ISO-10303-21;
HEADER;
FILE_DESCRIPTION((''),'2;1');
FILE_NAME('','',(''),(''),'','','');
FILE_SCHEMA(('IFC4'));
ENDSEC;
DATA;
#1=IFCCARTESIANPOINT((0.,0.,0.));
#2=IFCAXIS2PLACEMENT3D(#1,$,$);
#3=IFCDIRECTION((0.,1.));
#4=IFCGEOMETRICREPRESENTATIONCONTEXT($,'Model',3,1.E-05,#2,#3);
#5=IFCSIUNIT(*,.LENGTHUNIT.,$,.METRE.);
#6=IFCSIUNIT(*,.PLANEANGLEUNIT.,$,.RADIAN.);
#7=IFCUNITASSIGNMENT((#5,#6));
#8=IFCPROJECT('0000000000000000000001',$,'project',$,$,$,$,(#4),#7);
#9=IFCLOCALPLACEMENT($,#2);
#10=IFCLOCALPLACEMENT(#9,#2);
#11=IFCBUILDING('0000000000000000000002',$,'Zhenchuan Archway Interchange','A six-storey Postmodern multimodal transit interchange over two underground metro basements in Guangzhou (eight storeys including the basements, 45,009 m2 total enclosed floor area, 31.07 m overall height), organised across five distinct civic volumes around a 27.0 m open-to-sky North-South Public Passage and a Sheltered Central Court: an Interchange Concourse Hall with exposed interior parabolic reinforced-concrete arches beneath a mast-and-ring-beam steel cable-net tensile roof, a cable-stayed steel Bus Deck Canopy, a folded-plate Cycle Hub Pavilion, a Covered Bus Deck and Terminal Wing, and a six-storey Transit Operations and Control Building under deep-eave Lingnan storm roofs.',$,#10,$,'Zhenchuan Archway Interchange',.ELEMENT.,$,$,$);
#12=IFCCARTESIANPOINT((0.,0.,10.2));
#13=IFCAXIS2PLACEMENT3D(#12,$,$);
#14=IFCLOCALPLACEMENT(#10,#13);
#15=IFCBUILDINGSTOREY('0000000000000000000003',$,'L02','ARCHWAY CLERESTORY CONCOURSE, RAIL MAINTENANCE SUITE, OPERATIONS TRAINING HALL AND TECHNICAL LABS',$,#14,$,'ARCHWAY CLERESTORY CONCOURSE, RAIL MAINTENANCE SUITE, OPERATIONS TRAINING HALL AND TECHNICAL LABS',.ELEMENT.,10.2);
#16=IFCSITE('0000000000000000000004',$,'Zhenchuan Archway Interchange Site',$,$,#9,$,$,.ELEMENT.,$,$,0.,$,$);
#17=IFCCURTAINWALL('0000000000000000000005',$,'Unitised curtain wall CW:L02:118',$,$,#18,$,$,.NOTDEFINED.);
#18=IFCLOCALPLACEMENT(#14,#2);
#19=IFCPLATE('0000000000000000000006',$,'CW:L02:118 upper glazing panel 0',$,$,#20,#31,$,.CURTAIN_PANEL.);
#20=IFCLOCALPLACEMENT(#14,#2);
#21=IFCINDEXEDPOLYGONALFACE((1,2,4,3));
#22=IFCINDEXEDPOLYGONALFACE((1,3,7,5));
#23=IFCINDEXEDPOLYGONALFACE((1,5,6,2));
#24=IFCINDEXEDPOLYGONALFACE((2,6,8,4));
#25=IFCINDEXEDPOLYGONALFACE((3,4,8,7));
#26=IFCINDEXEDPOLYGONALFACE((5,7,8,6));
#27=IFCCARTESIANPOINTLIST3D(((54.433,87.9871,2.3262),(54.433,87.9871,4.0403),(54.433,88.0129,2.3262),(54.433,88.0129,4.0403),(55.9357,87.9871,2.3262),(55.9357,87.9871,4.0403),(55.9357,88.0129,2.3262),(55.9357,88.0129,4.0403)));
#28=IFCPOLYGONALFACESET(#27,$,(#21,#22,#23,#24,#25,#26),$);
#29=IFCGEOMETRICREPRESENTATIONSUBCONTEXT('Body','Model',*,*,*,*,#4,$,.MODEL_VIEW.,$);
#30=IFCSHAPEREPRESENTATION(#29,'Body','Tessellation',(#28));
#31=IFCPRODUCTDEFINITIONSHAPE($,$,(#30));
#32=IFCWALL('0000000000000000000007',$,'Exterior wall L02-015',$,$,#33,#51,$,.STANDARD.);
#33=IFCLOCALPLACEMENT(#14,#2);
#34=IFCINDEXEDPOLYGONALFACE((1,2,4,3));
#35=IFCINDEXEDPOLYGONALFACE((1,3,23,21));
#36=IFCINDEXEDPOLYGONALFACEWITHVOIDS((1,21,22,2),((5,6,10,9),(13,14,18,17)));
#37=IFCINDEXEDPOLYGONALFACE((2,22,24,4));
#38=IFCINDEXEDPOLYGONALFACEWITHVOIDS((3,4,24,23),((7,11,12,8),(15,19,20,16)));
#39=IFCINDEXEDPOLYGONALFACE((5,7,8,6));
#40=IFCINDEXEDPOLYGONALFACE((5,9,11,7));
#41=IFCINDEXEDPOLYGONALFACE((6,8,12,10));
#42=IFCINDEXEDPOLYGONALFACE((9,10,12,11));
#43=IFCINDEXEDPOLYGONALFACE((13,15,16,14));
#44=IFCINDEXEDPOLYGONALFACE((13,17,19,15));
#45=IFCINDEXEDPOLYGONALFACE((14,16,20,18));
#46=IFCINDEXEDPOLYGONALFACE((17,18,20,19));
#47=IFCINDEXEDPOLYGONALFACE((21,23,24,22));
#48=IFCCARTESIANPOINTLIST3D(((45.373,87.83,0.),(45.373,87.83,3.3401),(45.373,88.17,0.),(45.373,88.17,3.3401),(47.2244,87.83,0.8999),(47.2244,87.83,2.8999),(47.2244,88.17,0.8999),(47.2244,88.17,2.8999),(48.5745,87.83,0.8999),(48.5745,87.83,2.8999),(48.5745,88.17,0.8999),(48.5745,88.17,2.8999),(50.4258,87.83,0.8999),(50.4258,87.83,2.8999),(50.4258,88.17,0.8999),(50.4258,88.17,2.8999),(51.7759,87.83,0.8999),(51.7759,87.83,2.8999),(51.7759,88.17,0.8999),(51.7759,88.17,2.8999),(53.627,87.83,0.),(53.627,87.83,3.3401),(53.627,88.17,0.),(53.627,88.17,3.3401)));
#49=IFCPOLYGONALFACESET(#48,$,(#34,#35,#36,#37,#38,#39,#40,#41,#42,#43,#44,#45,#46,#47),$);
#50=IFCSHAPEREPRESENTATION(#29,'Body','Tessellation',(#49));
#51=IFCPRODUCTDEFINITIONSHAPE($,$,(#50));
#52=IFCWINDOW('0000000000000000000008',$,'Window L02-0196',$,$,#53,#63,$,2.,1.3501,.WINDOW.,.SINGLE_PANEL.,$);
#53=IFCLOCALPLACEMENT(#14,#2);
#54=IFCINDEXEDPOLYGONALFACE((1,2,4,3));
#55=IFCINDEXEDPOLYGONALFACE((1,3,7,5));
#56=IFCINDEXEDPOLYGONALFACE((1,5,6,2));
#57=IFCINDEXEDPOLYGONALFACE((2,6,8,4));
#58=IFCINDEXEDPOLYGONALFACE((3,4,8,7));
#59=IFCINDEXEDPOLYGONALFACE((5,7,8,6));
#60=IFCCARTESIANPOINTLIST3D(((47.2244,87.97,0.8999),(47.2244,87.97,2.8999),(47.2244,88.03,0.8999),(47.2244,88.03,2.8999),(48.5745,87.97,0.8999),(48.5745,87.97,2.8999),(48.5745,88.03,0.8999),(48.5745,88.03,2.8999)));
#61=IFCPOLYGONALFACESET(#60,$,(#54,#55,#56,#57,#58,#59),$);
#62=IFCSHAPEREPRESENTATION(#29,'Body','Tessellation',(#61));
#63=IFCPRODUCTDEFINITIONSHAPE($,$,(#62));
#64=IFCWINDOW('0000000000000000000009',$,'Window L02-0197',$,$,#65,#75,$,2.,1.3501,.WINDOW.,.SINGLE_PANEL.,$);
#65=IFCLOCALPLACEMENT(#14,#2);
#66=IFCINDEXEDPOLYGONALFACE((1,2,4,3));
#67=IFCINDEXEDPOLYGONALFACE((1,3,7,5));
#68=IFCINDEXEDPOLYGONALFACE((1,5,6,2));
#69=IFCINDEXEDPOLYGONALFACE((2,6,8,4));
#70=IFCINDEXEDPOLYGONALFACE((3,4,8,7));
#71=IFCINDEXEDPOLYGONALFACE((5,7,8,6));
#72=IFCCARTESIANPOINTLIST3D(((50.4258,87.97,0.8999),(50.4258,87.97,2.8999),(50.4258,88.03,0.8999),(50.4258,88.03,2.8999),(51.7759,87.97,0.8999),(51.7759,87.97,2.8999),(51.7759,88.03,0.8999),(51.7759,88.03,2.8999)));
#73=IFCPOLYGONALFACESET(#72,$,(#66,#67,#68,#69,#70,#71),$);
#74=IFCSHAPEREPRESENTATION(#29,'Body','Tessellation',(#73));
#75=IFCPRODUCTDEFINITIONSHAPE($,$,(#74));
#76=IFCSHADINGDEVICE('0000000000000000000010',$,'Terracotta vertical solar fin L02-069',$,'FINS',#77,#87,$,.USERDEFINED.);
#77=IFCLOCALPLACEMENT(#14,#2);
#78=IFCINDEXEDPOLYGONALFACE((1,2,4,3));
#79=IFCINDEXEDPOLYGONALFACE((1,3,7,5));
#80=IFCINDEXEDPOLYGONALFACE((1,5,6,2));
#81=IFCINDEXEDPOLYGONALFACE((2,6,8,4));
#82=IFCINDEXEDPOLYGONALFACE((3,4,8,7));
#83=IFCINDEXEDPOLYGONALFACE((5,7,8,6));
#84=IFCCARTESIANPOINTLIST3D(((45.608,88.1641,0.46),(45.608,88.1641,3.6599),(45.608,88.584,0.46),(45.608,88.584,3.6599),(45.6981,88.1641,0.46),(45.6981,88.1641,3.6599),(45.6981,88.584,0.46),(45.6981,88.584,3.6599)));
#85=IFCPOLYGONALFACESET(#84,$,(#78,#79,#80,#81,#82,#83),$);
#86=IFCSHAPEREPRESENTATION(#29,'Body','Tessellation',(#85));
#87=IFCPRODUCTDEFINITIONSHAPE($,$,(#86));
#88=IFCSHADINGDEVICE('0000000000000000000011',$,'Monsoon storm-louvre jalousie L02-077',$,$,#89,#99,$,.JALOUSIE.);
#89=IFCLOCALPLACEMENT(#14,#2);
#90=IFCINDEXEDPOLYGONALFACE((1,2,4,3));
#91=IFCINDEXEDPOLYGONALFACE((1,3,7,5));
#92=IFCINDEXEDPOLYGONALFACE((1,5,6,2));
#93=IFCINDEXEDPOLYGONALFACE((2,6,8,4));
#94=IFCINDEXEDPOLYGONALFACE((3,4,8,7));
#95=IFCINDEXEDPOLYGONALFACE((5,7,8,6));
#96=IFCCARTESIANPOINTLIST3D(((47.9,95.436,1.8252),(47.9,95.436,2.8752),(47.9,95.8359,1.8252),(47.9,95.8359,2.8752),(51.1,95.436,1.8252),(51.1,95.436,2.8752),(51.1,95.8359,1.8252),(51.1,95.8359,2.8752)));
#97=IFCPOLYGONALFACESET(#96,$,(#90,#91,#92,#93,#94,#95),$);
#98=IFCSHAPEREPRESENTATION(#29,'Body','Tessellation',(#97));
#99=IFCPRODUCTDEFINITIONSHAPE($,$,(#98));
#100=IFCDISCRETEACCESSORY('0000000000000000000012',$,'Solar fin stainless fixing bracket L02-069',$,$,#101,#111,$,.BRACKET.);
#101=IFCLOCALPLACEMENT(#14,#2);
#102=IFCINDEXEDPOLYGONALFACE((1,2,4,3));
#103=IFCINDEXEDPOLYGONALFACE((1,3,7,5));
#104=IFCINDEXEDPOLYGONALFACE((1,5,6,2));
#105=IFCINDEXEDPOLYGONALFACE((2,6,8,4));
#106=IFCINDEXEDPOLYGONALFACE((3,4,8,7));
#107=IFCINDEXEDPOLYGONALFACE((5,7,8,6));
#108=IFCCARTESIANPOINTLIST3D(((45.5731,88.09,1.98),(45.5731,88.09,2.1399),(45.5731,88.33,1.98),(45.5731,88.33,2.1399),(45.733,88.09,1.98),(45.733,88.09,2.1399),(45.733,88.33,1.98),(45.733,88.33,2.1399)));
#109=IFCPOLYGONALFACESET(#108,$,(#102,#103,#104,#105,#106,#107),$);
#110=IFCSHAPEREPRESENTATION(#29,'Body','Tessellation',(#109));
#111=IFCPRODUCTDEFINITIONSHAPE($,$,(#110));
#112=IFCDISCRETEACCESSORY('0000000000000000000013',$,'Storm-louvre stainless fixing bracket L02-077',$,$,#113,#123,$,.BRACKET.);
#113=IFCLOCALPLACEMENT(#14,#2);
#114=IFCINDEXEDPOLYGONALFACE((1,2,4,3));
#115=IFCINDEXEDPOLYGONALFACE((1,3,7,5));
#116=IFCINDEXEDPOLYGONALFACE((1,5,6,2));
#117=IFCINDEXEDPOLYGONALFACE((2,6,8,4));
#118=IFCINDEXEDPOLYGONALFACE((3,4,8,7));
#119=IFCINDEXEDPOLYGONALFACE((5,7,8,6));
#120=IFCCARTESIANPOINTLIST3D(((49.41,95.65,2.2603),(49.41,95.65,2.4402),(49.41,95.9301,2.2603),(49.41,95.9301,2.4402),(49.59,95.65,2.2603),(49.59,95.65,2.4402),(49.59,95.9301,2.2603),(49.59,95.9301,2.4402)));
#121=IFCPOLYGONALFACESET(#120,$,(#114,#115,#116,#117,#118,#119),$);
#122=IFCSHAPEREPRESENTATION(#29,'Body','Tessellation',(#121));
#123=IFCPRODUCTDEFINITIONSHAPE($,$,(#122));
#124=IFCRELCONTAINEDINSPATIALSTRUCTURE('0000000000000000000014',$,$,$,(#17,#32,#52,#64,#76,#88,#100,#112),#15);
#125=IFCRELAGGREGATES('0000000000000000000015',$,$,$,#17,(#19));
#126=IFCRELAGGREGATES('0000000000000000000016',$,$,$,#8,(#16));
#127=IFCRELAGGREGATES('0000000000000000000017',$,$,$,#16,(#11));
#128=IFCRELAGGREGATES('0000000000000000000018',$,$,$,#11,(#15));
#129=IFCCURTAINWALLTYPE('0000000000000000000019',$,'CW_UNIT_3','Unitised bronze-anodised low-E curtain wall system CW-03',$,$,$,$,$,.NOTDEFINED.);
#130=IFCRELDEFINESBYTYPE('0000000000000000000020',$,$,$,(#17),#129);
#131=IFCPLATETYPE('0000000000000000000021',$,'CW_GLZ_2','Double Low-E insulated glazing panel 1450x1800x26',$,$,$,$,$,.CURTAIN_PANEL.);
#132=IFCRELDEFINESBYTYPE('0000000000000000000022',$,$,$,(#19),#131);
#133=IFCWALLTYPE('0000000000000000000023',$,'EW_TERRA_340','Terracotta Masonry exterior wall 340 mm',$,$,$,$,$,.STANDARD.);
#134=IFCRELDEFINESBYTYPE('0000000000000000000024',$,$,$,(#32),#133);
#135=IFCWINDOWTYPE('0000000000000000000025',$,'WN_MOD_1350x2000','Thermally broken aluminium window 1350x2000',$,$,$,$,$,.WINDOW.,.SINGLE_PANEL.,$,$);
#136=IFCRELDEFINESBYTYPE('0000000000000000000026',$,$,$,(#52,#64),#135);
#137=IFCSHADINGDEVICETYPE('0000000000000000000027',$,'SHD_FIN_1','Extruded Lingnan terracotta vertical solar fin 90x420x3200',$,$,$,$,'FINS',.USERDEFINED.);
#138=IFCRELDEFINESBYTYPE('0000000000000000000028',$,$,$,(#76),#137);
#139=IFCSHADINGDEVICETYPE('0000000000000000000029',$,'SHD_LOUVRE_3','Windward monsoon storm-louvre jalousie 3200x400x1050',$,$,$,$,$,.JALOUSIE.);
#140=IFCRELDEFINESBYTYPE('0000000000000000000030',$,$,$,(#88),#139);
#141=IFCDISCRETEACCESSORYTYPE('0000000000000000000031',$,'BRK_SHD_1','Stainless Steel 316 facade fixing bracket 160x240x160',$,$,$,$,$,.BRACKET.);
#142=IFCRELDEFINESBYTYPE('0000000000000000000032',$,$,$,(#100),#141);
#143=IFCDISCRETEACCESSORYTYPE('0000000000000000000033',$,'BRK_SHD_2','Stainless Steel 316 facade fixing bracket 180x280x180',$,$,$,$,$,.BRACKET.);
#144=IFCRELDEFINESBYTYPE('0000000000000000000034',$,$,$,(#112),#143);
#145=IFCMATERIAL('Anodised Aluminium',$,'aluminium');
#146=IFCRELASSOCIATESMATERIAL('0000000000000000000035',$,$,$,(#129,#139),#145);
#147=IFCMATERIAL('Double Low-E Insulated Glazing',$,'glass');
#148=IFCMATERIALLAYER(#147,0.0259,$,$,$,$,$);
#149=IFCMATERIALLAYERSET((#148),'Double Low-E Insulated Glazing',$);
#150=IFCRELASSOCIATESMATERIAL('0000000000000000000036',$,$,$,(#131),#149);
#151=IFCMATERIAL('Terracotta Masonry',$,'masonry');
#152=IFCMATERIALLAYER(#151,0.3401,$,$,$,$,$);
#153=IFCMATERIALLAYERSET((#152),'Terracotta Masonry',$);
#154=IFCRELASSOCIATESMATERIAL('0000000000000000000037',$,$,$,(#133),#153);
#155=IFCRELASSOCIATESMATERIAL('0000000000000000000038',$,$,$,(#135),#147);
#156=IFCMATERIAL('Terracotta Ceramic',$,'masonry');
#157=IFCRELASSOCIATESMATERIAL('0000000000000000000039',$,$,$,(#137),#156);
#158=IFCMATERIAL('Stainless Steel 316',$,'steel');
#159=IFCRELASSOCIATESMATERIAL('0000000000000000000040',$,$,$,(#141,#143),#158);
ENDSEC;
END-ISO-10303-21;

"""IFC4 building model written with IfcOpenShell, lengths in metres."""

from ifc_helpers import new_model, si_unit, direction, frame, frame_2d, origin, origin_2d, place, context, subcontext, project, spatial, rectangle, extrude, material, layer, layer_set, type_object, element, fill, aggregate, save


model = new_model("IFC4")

# Units and contexts
model_context = context("Model", 3, precision=1e-05, world=origin(), true_north=direction((0.0, 1.0)))
body_context = subcontext(model_context, "Body", "Model", "MODEL_VIEW")
ifc_project = project(units=[si_unit("LENGTHUNIT", "METRE"), si_unit("PLANEANGLEUNIT", "RADIAN")], contexts=[model_context])

# Site, building, storey
site_placement = place(None, origin())
site = spatial("IfcSite", under=ifc_project, at=site_placement, Name="Zhenchuan Archway Interchange Site", CompositionType="ELEMENT", RefElevation=0.0)
building_placement = place(site_placement, origin())
building = spatial("IfcBuilding", under=site, at=building_placement, Name="Zhenchuan Archway Interchange", Description="A six-storey Postmodern multimodal transit interchange over two underground metro basements in Guangzhou (eight storeys including the basements, 45,009 m2 total enclosed floor area, 31.07 m overall height), organised across five distinct civic volumes around a 27.0 m open-to-sky North-South Public Passage and a Sheltered Central Court: an Interchange Concourse Hall with exposed interior parabolic reinforced-concrete arches beneath a mast-and-ring-beam steel cable-net tensile roof, a cable-stayed steel Bus Deck Canopy, a folded-plate Cycle Hub Pavilion, a Covered Bus Deck and Terminal Wing, and a six-storey Transit Operations and Control Building under deep-eave Lingnan storm roofs.", LongName="Zhenchuan Archway Interchange", CompositionType="ELEMENT")
storey_placement = place(building_placement, frame((0.0, 0.0, 10.2)))
storey = spatial("IfcBuildingStorey", under=building, at=storey_placement, Name="L02", Description="ARCHWAY CLERESTORY CONCOURSE, RAIL MAINTENANCE SUITE, OPERATIONS TRAINING HALL AND TECHNICAL LABS", LongName="ARCHWAY CLERESTORY CONCOURSE, RAIL MAINTENANCE SUITE, OPERATIONS TRAINING HALL AND TECHNICAL LABS", CompositionType="ELEMENT", Elevation=10.2)

# Shared definitions
ifc_material_1 = material(Name="Anodised Aluminium", Category="aluminium")

# Curtain wall
curtain_wall_type_1 = type_object("IfcCurtainWallType", Name="CW_UNIT_3", Description="Unitised bronze-anodised low-E curtain wall system CW-03", PredefinedType="NOTDEFINED", material=ifc_material_1)
curtain_wall_1_placement = place(storey_placement, origin())
curtain_wall_1 = element("IfcCurtainWall", 1, at=curtain_wall_1_placement, inside=storey, type_object=curtain_wall_type_1, Name="Unitised curtain wall CW:L02:118", PredefinedType="NOTDEFINED")

# Plate
ifc_material_2 = material(Name="Double Low-E Insulated Glazing", Category="glass")
ifc_layer_1 = layer(ifc_material_2, 0.0259)
ifc_layer_set_1 = layer_set([ifc_layer_1], Name="Double Low-E Insulated Glazing")
plate_type_1 = type_object("IfcPlateType", Name="CW_GLZ_2", Description="Double Low-E insulated glazing panel 1450x1800x26", PredefinedType="CURTAIN_PANEL", material=ifc_layer_set_1)
plate_1_placement = place(storey_placement, frame((55.1843, 88.0, 2.3262), z_axis=(0.0, 0.0, 1.0), x_axis=(1.0, 0.0, 0.0)))
plate_1 = element("IfcPlate", 2, at=plate_1_placement, type_object=plate_type_1, Name="CW:L02:118 upper glazing panel 0", PredefinedType="CURTAIN_PANEL", context=body_context, shape_type="SweptSolid", body=[
    extrude(rectangle(XDim=1.5027, YDim=0.0259, at=origin_2d()), origin(), (0.0, 0.0, 1.0), 1.7141),
])
aggregate(curtain_wall_1, [plate_1])

# Wall, openings, windows
ifc_material_3 = material(Name="Terracotta Masonry", Category="masonry")
ifc_layer_2 = layer(ifc_material_3, 0.3401)
ifc_layer_set_2 = layer_set([ifc_layer_2], Name="Terracotta Masonry")
wall_type = type_object("IfcWallType", Name="EW_TERRA_340", Description="Terracotta Masonry exterior wall 340 mm", PredefinedType="STANDARD", material=ifc_layer_set_2)
wall_placement = place(storey_placement, frame((45.373, 88.0, 0.0), z_axis=(0.0, 0.0, 1.0), x_axis=(1.0, 0.0, 0.0)))
wall = element("IfcWall", 3, at=wall_placement, inside=storey, type_object=wall_type, Name="Exterior wall L02-015", PredefinedType="STANDARD", context=body_context, shape_type="SweptSolid", body=[
    extrude(rectangle(XDim=8.2539, YDim=0.3401, at=frame_2d((4.127, 0.0))), origin(), (0.0, 0.0, 1.0), 3.3401),
])
opening_1_placement = place(wall_placement, frame((1.8513, 0.0, 0.8999)))
opening_1 = element("IfcOpeningElement", 4, at=opening_1_placement, cuts=wall, PredefinedType="OPENING", context=body_context, shape_type="SweptSolid", body=[
    extrude(rectangle(XDim=1.3501, YDim=2.0, at=frame_2d((0.675, 1.0))), frame((0.0, 0.1821, 0.0), z_axis=(0.0, -1.0, 0.0), x_axis=(1.0, 0.0, 0.0)), (0.0, 0.0, 1.0), 0.364),
])
opening_2_placement = place(wall_placement, frame((5.0527, 0.0, 0.8999)))
opening_2 = element("IfcOpeningElement", 5, at=opening_2_placement, cuts=wall, PredefinedType="OPENING", context=body_context, shape_type="SweptSolid", body=[
    extrude(rectangle(XDim=1.3501, YDim=2.0, at=frame_2d((0.675, 1.0))), frame((0.0, 0.1821, 0.0), z_axis=(0.0, -1.0, 0.0), x_axis=(1.0, 0.0, 0.0)), (0.0, 0.0, 1.0), 0.364),
])
window_type = type_object("IfcWindowType", Name="WN_MOD_1350x2000", Description="Thermally broken aluminium window 1350x2000", PartitioningType="SINGLE_PANEL", PredefinedType="WINDOW", material=ifc_material_2)
window_1_placement = place(opening_1_placement, origin())
window_1 = element("IfcWindow", 6, at=window_1_placement, inside=storey, type_object=window_type, Name="Window L02-0196", OverallHeight=2.0, OverallWidth=1.3501, PartitioningType="SINGLE_PANEL", PredefinedType="WINDOW", context=body_context, shape_type="SweptSolid", body=[
    extrude(rectangle(XDim=1.3501, YDim=2.0, at=frame_2d((0.675, 1.0))), frame((0.0, 0.03, 0.0), z_axis=(0.0, -1.0, 0.0), x_axis=(1.0, 0.0, 0.0)), (0.0, 0.0, 1.0), 0.0601),
])
fill(opening_1, window_1)
window_2_placement = place(opening_2_placement, origin())
window_2 = element("IfcWindow", 7, at=window_2_placement, inside=storey, type_object=window_type, Name="Window L02-0197", OverallHeight=2.0, OverallWidth=1.3501, PartitioningType="SINGLE_PANEL", PredefinedType="WINDOW", context=body_context, shape_type="SweptSolid", body=[
    extrude(rectangle(XDim=1.3501, YDim=2.0, at=frame_2d((0.675, 1.0))), frame((0.0, 0.03, 0.0), z_axis=(0.0, -1.0, 0.0), x_axis=(1.0, 0.0, 0.0)), (0.0, 0.0, 1.0), 0.0601),
])
fill(opening_2, window_2)

# Shading devices
ifc_material_4 = material(Name="Terracotta Ceramic", Category="masonry")
shading_device_type_1 = type_object("IfcShadingDeviceType", Name="SHD_FIN_1", Description="Extruded Lingnan terracotta vertical solar fin 90x420x3200", ElementType="FINS", PredefinedType="USERDEFINED", material=ifc_material_4)
shading_device_1_placement = place(storey_placement, frame((45.6531, 88.374, 0.46), z_axis=(0.0, 0.0, 1.0), x_axis=(1.0, 0.0, 0.0)))
element("IfcShadingDevice", 8, at=shading_device_1_placement, inside=storey, type_object=shading_device_type_1, Name="Terracotta vertical solar fin L02-069", ObjectType="FINS", PredefinedType="USERDEFINED", context=body_context, shape_type="SweptSolid", body=[
    extrude(rectangle(XDim=0.0901, YDim=0.4199, at=origin_2d()), origin(), (0.0, 0.0, 1.0), 3.2),
])
shading_device_type_2 = type_object("IfcShadingDeviceType", Name="SHD_LOUVRE_3", Description="Windward monsoon storm-louvre jalousie 3200x400x1050", PredefinedType="JALOUSIE", material=ifc_material_1)
shading_device_2_placement = place(storey_placement, frame((49.5, 95.636, 1.8252), z_axis=(0.0, 0.0, 1.0), x_axis=(-1.0, 0.0, 0.0)))
element("IfcShadingDevice", 9, at=shading_device_2_placement, inside=storey, type_object=shading_device_type_2, Name="Monsoon storm-louvre jalousie L02-077", PredefinedType="JALOUSIE", context=body_context, shape_type="SweptSolid", body=[
    extrude(rectangle(XDim=3.2, YDim=0.3999, at=origin_2d()), origin(), (0.0, 0.0, 1.0), 1.05),
])

# Discrete accessories
ifc_material_5 = material(Name="Stainless Steel 316", Category="steel")
discrete_accessory_type_1 = type_object("IfcDiscreteAccessoryType", Name="BRK_SHD_1", Description="Stainless Steel 316 facade fixing bracket 160x240x160", PredefinedType="BRACKET", material=ifc_material_5)
discrete_accessory_1_placement = place(storey_placement, frame((45.6531, 88.21, 1.98), z_axis=(0.0, 0.0, 1.0), x_axis=(1.0, 0.0, 0.0)))
element("IfcDiscreteAccessory", 10, at=discrete_accessory_1_placement, inside=storey, type_object=discrete_accessory_type_1, Name="Solar fin stainless fixing bracket L02-069", PredefinedType="BRACKET", context=body_context, shape_type="SweptSolid", body=[
    extrude(rectangle(XDim=0.1599, YDim=0.24, at=origin_2d()), origin(), (0.0, 0.0, 1.0), 0.1599),
])
discrete_accessory_type_2 = type_object("IfcDiscreteAccessoryType", Name="BRK_SHD_2", Description="Stainless Steel 316 facade fixing bracket 180x280x180", PredefinedType="BRACKET", material=ifc_material_5)
discrete_accessory_2_placement = place(storey_placement, frame((49.5, 95.79, 2.2603), z_axis=(0.0, 0.0, 1.0), x_axis=(-1.0, 0.0, 0.0)))
element("IfcDiscreteAccessory", 11, at=discrete_accessory_2_placement, inside=storey, type_object=discrete_accessory_type_2, Name="Storm-louvre stainless fixing bracket L02-077", PredefinedType="BRACKET", context=body_context, shape_type="SweptSolid", body=[
    extrude(rectangle(XDim=0.1799, YDim=0.28, at=origin_2d()), origin(), (0.0, 0.0, 1.0), 0.1799),
])

save(model, "model.ifc")
